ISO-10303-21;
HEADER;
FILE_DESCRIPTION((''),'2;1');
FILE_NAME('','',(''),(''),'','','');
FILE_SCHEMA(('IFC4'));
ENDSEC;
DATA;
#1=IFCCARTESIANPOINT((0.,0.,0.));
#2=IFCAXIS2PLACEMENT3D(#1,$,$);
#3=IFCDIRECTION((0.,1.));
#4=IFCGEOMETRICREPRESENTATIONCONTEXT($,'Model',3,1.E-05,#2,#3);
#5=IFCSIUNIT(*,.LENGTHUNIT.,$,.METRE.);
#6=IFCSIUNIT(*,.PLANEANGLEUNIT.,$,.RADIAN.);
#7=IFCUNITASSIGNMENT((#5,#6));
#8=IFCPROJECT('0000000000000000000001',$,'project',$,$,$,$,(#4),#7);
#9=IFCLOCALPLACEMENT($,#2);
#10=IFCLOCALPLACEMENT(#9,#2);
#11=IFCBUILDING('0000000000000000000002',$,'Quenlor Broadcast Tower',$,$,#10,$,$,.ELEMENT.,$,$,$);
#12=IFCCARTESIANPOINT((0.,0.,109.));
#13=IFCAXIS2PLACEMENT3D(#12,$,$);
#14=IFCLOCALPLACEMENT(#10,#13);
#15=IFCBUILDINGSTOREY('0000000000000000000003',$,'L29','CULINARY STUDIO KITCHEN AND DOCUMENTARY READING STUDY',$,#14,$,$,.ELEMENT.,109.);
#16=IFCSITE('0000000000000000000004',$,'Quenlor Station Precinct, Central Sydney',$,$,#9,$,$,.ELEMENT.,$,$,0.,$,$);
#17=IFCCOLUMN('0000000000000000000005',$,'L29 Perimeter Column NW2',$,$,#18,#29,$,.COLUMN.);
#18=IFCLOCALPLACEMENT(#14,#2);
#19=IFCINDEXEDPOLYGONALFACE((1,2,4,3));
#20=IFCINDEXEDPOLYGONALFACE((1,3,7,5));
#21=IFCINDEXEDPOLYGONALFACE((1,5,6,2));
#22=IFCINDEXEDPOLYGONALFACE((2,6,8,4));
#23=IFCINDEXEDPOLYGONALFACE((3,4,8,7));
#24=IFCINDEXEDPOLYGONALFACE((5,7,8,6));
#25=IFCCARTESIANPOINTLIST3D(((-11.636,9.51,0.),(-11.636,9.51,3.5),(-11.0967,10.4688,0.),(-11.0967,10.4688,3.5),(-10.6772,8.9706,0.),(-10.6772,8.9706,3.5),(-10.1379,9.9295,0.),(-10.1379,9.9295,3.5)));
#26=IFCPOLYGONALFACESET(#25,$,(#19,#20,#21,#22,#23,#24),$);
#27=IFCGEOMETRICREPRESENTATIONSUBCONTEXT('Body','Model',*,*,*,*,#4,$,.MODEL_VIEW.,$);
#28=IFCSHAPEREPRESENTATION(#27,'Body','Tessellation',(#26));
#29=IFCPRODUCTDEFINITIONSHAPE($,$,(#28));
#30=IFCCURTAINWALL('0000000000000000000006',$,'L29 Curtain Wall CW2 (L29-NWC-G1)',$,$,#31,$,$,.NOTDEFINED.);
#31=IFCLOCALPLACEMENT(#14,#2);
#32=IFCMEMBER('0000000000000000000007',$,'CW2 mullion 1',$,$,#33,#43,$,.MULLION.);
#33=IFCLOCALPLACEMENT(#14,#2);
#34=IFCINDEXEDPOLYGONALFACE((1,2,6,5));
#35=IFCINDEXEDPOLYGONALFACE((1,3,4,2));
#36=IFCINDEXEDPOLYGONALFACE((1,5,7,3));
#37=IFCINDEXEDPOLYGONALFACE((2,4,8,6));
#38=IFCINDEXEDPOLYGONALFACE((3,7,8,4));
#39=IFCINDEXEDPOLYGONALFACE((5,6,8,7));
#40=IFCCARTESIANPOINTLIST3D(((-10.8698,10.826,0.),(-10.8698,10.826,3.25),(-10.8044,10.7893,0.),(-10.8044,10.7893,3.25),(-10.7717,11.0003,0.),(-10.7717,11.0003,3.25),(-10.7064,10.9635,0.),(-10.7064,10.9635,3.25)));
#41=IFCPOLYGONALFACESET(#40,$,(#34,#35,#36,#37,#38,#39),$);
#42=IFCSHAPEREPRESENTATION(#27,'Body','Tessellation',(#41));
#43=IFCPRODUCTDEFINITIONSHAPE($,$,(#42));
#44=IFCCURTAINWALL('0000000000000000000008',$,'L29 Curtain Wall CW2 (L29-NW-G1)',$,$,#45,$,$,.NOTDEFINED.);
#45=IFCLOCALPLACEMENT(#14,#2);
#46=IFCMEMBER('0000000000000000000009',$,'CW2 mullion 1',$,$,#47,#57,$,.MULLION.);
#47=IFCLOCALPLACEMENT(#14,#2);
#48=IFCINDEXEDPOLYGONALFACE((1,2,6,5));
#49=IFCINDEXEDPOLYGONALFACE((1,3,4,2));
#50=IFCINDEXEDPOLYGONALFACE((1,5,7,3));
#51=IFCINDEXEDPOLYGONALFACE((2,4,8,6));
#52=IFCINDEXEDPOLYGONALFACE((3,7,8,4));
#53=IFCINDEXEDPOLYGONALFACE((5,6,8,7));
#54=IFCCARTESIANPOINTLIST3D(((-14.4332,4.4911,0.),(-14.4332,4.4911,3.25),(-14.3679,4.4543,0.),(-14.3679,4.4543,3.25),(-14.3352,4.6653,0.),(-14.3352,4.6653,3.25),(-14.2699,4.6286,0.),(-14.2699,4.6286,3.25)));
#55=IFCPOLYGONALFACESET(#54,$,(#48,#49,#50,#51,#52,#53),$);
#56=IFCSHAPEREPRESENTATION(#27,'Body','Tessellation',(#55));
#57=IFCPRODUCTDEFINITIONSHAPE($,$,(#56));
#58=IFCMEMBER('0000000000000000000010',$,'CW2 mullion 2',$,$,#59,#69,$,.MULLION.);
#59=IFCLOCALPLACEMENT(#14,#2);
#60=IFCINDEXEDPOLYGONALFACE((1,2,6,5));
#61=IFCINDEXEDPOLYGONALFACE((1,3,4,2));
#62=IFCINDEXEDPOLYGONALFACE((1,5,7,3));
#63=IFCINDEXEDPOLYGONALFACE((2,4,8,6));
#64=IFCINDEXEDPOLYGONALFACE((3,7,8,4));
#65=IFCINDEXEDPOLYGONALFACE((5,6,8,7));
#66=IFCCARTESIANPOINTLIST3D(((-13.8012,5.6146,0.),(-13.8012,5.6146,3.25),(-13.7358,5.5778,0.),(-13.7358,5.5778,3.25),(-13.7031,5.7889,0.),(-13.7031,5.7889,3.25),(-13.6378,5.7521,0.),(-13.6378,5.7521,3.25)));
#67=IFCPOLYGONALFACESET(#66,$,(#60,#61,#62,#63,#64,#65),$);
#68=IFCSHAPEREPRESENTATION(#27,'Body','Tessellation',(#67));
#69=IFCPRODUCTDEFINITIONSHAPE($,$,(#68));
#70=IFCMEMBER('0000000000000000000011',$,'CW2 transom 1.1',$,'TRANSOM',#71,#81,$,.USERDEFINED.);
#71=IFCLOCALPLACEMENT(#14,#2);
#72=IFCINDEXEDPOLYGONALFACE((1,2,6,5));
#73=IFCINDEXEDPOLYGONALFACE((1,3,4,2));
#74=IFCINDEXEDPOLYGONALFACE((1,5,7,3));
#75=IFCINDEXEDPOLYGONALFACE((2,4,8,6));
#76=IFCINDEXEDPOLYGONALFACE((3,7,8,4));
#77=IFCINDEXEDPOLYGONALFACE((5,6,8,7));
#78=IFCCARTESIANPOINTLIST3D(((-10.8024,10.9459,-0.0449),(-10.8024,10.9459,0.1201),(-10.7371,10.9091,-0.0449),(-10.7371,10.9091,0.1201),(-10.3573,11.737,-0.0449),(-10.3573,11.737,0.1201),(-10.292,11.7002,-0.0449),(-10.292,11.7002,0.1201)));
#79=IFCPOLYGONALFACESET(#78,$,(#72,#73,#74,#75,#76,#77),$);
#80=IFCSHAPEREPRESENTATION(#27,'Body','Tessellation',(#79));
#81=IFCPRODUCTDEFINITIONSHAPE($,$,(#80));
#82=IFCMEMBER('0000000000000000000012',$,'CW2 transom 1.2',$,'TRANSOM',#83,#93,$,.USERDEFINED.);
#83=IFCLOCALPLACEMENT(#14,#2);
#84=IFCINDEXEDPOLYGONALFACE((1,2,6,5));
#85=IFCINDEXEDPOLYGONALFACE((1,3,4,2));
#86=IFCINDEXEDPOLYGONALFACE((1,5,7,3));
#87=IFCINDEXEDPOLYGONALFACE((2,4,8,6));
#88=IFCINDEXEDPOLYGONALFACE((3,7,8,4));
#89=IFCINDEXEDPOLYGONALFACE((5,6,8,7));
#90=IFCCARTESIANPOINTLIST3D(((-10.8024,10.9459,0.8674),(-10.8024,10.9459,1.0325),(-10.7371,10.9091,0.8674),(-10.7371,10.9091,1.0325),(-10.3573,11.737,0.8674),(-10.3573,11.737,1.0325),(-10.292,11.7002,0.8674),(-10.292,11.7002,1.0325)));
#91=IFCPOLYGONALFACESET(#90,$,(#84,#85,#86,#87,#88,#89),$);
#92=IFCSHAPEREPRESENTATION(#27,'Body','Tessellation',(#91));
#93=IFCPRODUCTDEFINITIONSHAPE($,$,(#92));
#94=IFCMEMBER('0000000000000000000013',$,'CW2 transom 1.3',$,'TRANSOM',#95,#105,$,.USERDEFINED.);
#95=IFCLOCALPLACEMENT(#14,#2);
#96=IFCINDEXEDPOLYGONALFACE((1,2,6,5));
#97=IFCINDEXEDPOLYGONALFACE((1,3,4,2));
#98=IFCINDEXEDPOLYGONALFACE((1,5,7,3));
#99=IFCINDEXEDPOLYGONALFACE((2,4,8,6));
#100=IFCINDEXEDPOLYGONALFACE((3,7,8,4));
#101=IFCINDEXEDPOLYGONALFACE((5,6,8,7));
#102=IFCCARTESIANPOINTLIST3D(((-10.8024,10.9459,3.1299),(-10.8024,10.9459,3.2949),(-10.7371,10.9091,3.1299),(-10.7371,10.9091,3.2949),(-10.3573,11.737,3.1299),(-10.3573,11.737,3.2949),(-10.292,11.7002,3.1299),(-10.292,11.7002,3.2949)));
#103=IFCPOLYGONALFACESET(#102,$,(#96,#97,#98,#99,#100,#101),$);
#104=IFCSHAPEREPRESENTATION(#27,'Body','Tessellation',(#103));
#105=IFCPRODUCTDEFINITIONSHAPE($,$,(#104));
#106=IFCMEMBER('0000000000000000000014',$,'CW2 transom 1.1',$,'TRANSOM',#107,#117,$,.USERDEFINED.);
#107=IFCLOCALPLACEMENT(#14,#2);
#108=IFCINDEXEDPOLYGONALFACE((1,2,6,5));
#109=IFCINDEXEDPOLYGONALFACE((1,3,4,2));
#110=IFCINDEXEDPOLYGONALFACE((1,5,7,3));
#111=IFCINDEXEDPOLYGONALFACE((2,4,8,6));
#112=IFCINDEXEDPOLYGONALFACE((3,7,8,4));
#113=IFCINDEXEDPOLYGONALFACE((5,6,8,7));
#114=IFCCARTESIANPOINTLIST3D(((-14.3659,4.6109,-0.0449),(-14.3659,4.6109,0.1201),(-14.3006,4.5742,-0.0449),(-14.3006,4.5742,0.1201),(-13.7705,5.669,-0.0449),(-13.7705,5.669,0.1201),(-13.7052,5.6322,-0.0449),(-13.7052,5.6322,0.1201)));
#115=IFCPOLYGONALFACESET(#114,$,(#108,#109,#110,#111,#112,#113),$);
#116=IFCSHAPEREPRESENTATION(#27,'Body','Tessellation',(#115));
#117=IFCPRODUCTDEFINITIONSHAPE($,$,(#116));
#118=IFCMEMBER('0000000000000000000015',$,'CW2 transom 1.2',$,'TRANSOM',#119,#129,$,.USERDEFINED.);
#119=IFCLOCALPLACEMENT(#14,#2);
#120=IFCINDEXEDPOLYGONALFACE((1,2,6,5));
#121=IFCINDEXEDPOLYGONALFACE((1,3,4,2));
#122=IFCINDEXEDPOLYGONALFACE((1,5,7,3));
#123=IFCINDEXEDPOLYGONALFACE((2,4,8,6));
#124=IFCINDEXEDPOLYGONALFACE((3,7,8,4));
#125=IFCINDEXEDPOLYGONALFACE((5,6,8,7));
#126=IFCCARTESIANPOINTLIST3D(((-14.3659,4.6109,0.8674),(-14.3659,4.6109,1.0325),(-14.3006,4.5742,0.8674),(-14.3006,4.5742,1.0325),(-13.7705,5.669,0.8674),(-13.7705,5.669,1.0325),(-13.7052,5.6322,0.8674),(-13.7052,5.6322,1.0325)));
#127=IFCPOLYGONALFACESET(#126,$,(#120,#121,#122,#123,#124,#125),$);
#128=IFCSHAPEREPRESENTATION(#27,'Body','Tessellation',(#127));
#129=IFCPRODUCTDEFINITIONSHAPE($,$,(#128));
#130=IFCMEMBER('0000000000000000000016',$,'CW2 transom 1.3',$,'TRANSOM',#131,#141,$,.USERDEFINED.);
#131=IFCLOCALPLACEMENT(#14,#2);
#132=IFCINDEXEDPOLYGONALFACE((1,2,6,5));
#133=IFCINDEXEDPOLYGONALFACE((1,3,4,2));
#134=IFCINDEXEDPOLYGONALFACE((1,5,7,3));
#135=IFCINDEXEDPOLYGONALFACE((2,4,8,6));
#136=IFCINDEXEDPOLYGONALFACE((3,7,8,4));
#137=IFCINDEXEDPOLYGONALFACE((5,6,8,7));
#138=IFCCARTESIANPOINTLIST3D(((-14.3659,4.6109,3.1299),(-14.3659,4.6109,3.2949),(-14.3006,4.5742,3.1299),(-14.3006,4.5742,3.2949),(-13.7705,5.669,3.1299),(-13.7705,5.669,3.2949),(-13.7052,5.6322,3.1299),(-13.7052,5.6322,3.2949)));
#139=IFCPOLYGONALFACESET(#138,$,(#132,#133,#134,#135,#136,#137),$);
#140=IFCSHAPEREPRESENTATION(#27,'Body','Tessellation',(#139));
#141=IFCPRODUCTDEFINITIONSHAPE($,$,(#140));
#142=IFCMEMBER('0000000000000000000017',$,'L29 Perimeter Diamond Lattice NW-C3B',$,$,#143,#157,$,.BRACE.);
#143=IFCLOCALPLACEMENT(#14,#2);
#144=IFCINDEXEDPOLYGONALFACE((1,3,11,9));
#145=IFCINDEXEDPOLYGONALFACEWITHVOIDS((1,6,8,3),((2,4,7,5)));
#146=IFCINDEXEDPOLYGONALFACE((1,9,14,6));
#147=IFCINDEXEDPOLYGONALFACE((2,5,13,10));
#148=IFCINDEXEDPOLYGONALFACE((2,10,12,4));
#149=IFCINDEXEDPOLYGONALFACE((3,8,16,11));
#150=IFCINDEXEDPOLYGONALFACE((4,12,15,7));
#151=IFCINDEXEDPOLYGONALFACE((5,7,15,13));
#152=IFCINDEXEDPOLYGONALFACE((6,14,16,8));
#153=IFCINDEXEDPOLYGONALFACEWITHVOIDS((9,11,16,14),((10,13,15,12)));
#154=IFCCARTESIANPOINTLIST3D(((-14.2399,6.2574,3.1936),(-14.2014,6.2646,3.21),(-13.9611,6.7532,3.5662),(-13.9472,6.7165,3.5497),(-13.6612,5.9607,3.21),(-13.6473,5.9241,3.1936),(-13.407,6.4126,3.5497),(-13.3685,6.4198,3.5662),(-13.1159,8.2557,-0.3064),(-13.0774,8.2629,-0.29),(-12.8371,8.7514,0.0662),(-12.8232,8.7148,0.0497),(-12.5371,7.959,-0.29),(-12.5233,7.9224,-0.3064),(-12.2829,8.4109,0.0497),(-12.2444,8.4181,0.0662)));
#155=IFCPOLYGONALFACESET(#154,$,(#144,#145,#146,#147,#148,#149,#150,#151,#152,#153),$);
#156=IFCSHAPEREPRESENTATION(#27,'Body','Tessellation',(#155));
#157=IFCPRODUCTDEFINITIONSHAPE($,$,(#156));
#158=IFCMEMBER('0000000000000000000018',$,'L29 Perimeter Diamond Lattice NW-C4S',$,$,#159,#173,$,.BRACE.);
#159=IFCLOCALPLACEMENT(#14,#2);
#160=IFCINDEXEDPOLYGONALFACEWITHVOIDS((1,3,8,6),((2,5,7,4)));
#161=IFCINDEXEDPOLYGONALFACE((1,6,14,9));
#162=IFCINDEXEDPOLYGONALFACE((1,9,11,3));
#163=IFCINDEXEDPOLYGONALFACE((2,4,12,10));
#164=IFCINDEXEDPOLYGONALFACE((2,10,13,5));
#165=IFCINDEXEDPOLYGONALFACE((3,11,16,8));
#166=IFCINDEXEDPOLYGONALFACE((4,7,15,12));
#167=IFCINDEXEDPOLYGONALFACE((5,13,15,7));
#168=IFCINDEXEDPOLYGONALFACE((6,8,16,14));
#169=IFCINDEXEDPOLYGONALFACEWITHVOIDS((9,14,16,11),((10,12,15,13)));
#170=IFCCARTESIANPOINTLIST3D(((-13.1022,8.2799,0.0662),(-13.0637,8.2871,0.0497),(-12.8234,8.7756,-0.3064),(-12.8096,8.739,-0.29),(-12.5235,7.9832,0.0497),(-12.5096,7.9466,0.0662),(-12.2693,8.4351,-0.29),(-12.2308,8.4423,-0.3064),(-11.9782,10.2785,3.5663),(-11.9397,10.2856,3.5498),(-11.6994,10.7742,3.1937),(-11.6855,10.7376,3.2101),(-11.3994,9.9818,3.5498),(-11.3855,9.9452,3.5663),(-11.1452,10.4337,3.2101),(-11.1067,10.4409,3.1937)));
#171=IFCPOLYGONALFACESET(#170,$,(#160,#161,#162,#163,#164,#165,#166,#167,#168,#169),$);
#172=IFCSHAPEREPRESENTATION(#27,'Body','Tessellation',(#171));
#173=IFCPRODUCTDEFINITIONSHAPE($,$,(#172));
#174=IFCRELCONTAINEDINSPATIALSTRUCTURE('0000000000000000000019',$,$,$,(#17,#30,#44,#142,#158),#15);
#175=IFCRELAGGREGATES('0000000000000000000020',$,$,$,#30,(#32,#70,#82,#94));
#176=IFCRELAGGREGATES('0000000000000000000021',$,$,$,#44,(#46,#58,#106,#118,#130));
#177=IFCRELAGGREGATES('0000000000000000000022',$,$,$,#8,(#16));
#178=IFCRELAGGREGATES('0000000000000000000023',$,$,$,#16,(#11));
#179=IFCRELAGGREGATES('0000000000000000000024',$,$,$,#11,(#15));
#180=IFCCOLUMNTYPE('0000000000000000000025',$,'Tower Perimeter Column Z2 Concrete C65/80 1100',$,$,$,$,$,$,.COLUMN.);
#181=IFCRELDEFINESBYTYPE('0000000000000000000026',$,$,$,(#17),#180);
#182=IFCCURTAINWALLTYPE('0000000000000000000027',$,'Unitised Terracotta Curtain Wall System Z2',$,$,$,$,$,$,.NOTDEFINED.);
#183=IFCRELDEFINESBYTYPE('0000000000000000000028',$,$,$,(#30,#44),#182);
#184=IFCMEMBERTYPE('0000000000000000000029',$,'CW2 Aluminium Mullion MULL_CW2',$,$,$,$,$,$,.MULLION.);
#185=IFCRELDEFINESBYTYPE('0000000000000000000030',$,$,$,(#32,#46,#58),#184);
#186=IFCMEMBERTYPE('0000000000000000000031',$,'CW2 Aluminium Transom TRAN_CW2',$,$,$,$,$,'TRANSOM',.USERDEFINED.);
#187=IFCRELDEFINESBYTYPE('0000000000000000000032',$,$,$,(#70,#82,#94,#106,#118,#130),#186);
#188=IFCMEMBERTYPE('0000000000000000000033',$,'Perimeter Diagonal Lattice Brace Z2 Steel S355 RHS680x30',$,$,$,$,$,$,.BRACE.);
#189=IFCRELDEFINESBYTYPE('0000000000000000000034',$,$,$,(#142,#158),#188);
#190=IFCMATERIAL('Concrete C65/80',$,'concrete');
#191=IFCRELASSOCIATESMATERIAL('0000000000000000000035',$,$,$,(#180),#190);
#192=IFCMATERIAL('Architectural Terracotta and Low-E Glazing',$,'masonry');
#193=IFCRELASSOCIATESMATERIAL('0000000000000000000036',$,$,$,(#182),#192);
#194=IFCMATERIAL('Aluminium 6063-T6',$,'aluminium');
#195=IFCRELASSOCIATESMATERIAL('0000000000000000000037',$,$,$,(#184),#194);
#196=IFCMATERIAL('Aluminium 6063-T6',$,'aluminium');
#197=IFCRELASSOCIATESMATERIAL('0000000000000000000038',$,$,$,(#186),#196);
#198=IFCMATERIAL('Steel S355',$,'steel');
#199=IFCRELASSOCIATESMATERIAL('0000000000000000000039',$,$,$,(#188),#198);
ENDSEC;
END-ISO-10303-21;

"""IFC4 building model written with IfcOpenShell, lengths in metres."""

from ifc_helpers import new_model, si_unit, direction, frame, origin, origin_2d, place, context, subcontext, project, spatial, rectangle, hollow_rectangle, extrude, material, material_profile, profile_set, type_object, element, aggregate, save


model = new_model("IFC4")

# Units and contexts
model_context = context("Model", 3, precision=1e-05, world=origin(), true_north=direction((0.0, 1.0)))
body_context = subcontext(model_context, "Body", "Model", "MODEL_VIEW")
ifc_project = project(units=[si_unit("LENGTHUNIT", "METRE"), si_unit("PLANEANGLEUNIT", "RADIAN")], contexts=[model_context])

# Site, building, storey
site_placement = place(None, origin())
site = spatial("IfcSite", under=ifc_project, at=site_placement, Name="Quenlor Station Precinct, Central Sydney", CompositionType="ELEMENT", RefElevation=0.0)
building_placement = place(site_placement, origin())
building = spatial("IfcBuilding", under=site, at=building_placement, Name="Quenlor Broadcast Tower", CompositionType="ELEMENT")
storey_placement = place(building_placement, frame((0.0, 0.0, 109.0)))
storey = spatial("IfcBuildingStorey", under=building, at=storey_placement, Name="L29", Description="CULINARY STUDIO KITCHEN AND DOCUMENTARY READING STUDY", CompositionType="ELEMENT", Elevation=109.0)

# Column
ifc_material_1 = material(Name="Concrete C65/80", Category="concrete")
ifc_material_profile_1 = material_profile(ifc_material_1, rectangle(XDim=1.1001, YDim=1.1001, at=origin_2d()))
ifc_profile_set_1 = profile_set([ifc_material_profile_1], Name="Concrete C65/80 RC1100x1100")
column_type = type_object("IfcColumnType", Name="Tower Perimeter Column Z2 Concrete C65/80 1100", PredefinedType="COLUMN", material=ifc_profile_set_1)
column_placement = place(storey_placement, frame((-10.887, 9.7197, 0.0), z_axis=(0.0, 0.0, 1.0), x_axis=(-0.871575, 0.490262, 0.0)))
element("IfcColumn", 1, at=column_placement, inside=storey, type_object=column_type, Name="L29 Perimeter Column NW2", PredefinedType="COLUMN", context=body_context, shape_type="SweptSolid", body=[
    extrude(rectangle(XDim=1.1001, YDim=1.1001, at=origin_2d()), origin(), (0.0, 0.0, 1.0), 3.5),
])

# Curtain wall, member
ifc_material_2 = material(Name="Architectural Terracotta and Low-E Glazing", Category="masonry")
curtain_wall_type = type_object("IfcCurtainWallType", Name="Unitised Terracotta Curtain Wall System Z2", PredefinedType="NOTDEFINED", material=ifc_material_2)
curtain_wall_1_placement = place(storey_placement, origin())
curtain_wall_1 = element("IfcCurtainWall", 2, at=curtain_wall_1_placement, inside=storey, type_object=curtain_wall_type, Name="L29 Curtain Wall CW2 (L29-NWC-G1)", PredefinedType="NOTDEFINED")
ifc_material_3 = material(Name="Aluminium 6063-T6", Category="aluminium")
ifc_material_profile_2 = material_profile(ifc_material_3, rectangle(XDim=0.075, YDim=0.2, at=origin_2d()))
ifc_profile_set_2 = profile_set([ifc_material_profile_2], Name="Aluminium 6063-T6 MULL75x200")
member_type_1 = type_object("IfcMemberType", Name="CW2 Aluminium Mullion MULL_CW2", PredefinedType="MULLION", material=ifc_profile_set_2)
member_1_placement = place(storey_placement, frame((-10.7881, 10.8948, 0.0), z_axis=(0.0, 0.0, 1.0), x_axis=(-0.871581, 0.490252, 0.0)))
member_1 = element("IfcMember", 3, at=member_1_placement, type_object=member_type_1, Name="CW2 mullion 1", PredefinedType="MULLION", context=body_context, shape_type="SweptSolid", body=[
    extrude(rectangle(XDim=0.075, YDim=0.2, at=origin_2d()), origin(), (0.0, 0.0, 1.0), 3.25),
])

# Curtain wall, members
curtain_wall_2_placement = place(storey_placement, origin())
curtain_wall_2 = element("IfcCurtainWall", 4, at=curtain_wall_2_placement, inside=storey, type_object=curtain_wall_type, Name="L29 Curtain Wall CW2 (L29-NW-G1)", PredefinedType="NOTDEFINED")
member_2_placement = place(storey_placement, frame((-14.3516, 4.5598, 0.0), z_axis=(0.0, 0.0, 1.0), x_axis=(-0.871579, 0.490254, 0.0)))
member_2 = element("IfcMember", 5, at=member_2_placement, type_object=member_type_1, Name="CW2 mullion 1", PredefinedType="MULLION", context=body_context, shape_type="SweptSolid", body=[
    extrude(rectangle(XDim=0.075, YDim=0.2, at=origin_2d()), origin(), (0.0, 0.0, 1.0), 3.25),
])
member_3_placement = place(storey_placement, frame((-13.7195, 5.6833, 0.0), z_axis=(0.0, 0.0, 1.0), x_axis=(-0.871579, 0.490254, 0.0)))
member_3 = element("IfcMember", 6, at=member_3_placement, type_object=member_type_1, Name="CW2 mullion 2", PredefinedType="MULLION", context=body_context, shape_type="SweptSolid", body=[
    extrude(rectangle(XDim=0.075, YDim=0.2, at=origin_2d()), origin(), (0.0, 0.0, 1.0), 3.25),
])

# Members
ifc_material_4 = material(Name="Aluminium 6063-T6", Category="aluminium")
ifc_material_profile_3 = material_profile(ifc_material_4, rectangle(XDim=0.075, YDim=0.165, at=origin_2d()))
ifc_profile_set_3 = profile_set([ifc_material_profile_3], Name="Aluminium 6063-T6 TRAN75x165")
member_type_2 = type_object("IfcMemberType", Name="CW2 Aluminium Transom TRAN_CW2", ElementType="TRANSOM", PredefinedType="USERDEFINED", material=ifc_profile_set_3)
member_4_placement = place(storey_placement, frame((-10.7698, 10.9275, 0.0376), z_axis=(0.490363, 0.871518, 0.0), x_axis=(-0.871518, 0.490363, 0.0)))
member_4 = element("IfcMember", 7, at=member_4_placement, type_object=member_type_2, Name="CW2 transom 1.1", ObjectType="TRANSOM", PredefinedType="USERDEFINED", context=body_context, shape_type="SweptSolid", body=[
    extrude(rectangle(XDim=0.075, YDim=0.165, at=origin_2d()), origin(), (0.0, 0.0, 1.0), 0.9077),
])
member_5_placement = place(storey_placement, frame((-10.7698, 10.9275, 0.95), z_axis=(0.490363, 0.871518, 0.0), x_axis=(-0.871518, 0.490363, 0.0)))
member_5 = element("IfcMember", 8, at=member_5_placement, type_object=member_type_2, Name="CW2 transom 1.2", ObjectType="TRANSOM", PredefinedType="USERDEFINED", context=body_context, shape_type="SweptSolid", body=[
    extrude(rectangle(XDim=0.075, YDim=0.165, at=origin_2d()), origin(), (0.0, 0.0, 1.0), 0.9077),
])
member_6_placement = place(storey_placement, frame((-10.7698, 10.9275, 3.2124), z_axis=(0.490363, 0.871518, 0.0), x_axis=(-0.871518, 0.490363, 0.0)))
member_6 = element("IfcMember", 9, at=member_6_placement, type_object=member_type_2, Name="CW2 transom 1.3", ObjectType="TRANSOM", PredefinedType="USERDEFINED", context=body_context, shape_type="SweptSolid", body=[
    extrude(rectangle(XDim=0.075, YDim=0.165, at=origin_2d()), origin(), (0.0, 0.0, 1.0), 0.9077),
])
aggregate(curtain_wall_1, [member_1, member_4, member_5, member_6])
member_7_placement = place(storey_placement, frame((-14.3333, 4.5925, 0.0376), z_axis=(0.490433, 0.871479, 0.0), x_axis=(-0.871479, 0.490433, 0.0)))
member_7 = element("IfcMember", 10, at=member_7_placement, type_object=member_type_2, Name="CW2 transom 1.1", ObjectType="TRANSOM", PredefinedType="USERDEFINED", context=body_context, shape_type="SweptSolid", body=[
    extrude(rectangle(XDim=0.075, YDim=0.165, at=origin_2d()), origin(), (0.0, 0.0, 1.0), 1.2141),
])
member_8_placement = place(storey_placement, frame((-14.3333, 4.5925, 0.95), z_axis=(0.490433, 0.871479, 0.0), x_axis=(-0.871479, 0.490433, 0.0)))
member_8 = element("IfcMember", 11, at=member_8_placement, type_object=member_type_2, Name="CW2 transom 1.2", ObjectType="TRANSOM", PredefinedType="USERDEFINED", context=body_context, shape_type="SweptSolid", body=[
    extrude(rectangle(XDim=0.075, YDim=0.165, at=origin_2d()), origin(), (0.0, 0.0, 1.0), 1.2141),
])
member_9_placement = place(storey_placement, frame((-14.3333, 4.5925, 3.2124), z_axis=(0.490433, 0.871479, 0.0), x_axis=(-0.871479, 0.490433, 0.0)))
member_9 = element("IfcMember", 12, at=member_9_placement, type_object=member_type_2, Name="CW2 transom 1.3", ObjectType="TRANSOM", PredefinedType="USERDEFINED", context=body_context, shape_type="SweptSolid", body=[
    extrude(rectangle(XDim=0.075, YDim=0.165, at=origin_2d()), origin(), (0.0, 0.0, 1.0), 1.2141),
])

# Members
ifc_material_5 = material(Name="Steel S355", Category="steel")
ifc_material_profile_4 = material_profile(ifc_material_5, hollow_rectangle(XDim=0.6799, YDim=0.6799, WallThickness=0.03, at=origin_2d()))
ifc_profile_set_4 = profile_set([ifc_material_profile_4], Name="Steel S355 RHS680x680x30")
member_type_3 = type_object("IfcMemberType", Name="Perimeter Diagonal Lattice Brace Z2 Steel S355 RHS680x30", PredefinedType="BRACE", material=ifc_profile_set_4)
member_10_placement = place(storey_placement, frame((-12.6802, 8.3369, -0.1201), z_axis=(-0.268642, -0.477593, 0.836502), x_axis=(0.871578, -0.490256, 0.0)))
element("IfcMember", 13, at=member_10_placement, inside=storey, type_object=member_type_3, Name="L29 Perimeter Diamond Lattice NW-C3B", PredefinedType="BRACE", context=body_context, shape_type="SweptSolid", body=[
    extrude(hollow_rectangle(XDim=0.6799, YDim=0.6799, WallThickness=0.03, at=origin_2d()), origin(), (0.0, 0.0, 1.0), 4.1841),
])
member_11_placement = place(storey_placement, frame((-12.6665, 8.3611, -0.1201), z_axis=(0.268635, 0.477638, 0.836479), x_axis=(-0.871604, 0.490211, 0.0)))
element("IfcMember", 14, at=member_11_placement, inside=storey, type_object=member_type_3, Name="L29 Perimeter Diamond Lattice NW-C4S", PredefinedType="BRACE", context=body_context, shape_type="SweptSolid", body=[
    extrude(hollow_rectangle(XDim=0.6799, YDim=0.6799, WallThickness=0.03, at=origin_2d()), origin(), (0.0, 0.0, 1.0), 4.1843),
])

aggregate(curtain_wall_2, [member_2, member_3, member_7, member_8, member_9])

save(model, "model.ifc")
